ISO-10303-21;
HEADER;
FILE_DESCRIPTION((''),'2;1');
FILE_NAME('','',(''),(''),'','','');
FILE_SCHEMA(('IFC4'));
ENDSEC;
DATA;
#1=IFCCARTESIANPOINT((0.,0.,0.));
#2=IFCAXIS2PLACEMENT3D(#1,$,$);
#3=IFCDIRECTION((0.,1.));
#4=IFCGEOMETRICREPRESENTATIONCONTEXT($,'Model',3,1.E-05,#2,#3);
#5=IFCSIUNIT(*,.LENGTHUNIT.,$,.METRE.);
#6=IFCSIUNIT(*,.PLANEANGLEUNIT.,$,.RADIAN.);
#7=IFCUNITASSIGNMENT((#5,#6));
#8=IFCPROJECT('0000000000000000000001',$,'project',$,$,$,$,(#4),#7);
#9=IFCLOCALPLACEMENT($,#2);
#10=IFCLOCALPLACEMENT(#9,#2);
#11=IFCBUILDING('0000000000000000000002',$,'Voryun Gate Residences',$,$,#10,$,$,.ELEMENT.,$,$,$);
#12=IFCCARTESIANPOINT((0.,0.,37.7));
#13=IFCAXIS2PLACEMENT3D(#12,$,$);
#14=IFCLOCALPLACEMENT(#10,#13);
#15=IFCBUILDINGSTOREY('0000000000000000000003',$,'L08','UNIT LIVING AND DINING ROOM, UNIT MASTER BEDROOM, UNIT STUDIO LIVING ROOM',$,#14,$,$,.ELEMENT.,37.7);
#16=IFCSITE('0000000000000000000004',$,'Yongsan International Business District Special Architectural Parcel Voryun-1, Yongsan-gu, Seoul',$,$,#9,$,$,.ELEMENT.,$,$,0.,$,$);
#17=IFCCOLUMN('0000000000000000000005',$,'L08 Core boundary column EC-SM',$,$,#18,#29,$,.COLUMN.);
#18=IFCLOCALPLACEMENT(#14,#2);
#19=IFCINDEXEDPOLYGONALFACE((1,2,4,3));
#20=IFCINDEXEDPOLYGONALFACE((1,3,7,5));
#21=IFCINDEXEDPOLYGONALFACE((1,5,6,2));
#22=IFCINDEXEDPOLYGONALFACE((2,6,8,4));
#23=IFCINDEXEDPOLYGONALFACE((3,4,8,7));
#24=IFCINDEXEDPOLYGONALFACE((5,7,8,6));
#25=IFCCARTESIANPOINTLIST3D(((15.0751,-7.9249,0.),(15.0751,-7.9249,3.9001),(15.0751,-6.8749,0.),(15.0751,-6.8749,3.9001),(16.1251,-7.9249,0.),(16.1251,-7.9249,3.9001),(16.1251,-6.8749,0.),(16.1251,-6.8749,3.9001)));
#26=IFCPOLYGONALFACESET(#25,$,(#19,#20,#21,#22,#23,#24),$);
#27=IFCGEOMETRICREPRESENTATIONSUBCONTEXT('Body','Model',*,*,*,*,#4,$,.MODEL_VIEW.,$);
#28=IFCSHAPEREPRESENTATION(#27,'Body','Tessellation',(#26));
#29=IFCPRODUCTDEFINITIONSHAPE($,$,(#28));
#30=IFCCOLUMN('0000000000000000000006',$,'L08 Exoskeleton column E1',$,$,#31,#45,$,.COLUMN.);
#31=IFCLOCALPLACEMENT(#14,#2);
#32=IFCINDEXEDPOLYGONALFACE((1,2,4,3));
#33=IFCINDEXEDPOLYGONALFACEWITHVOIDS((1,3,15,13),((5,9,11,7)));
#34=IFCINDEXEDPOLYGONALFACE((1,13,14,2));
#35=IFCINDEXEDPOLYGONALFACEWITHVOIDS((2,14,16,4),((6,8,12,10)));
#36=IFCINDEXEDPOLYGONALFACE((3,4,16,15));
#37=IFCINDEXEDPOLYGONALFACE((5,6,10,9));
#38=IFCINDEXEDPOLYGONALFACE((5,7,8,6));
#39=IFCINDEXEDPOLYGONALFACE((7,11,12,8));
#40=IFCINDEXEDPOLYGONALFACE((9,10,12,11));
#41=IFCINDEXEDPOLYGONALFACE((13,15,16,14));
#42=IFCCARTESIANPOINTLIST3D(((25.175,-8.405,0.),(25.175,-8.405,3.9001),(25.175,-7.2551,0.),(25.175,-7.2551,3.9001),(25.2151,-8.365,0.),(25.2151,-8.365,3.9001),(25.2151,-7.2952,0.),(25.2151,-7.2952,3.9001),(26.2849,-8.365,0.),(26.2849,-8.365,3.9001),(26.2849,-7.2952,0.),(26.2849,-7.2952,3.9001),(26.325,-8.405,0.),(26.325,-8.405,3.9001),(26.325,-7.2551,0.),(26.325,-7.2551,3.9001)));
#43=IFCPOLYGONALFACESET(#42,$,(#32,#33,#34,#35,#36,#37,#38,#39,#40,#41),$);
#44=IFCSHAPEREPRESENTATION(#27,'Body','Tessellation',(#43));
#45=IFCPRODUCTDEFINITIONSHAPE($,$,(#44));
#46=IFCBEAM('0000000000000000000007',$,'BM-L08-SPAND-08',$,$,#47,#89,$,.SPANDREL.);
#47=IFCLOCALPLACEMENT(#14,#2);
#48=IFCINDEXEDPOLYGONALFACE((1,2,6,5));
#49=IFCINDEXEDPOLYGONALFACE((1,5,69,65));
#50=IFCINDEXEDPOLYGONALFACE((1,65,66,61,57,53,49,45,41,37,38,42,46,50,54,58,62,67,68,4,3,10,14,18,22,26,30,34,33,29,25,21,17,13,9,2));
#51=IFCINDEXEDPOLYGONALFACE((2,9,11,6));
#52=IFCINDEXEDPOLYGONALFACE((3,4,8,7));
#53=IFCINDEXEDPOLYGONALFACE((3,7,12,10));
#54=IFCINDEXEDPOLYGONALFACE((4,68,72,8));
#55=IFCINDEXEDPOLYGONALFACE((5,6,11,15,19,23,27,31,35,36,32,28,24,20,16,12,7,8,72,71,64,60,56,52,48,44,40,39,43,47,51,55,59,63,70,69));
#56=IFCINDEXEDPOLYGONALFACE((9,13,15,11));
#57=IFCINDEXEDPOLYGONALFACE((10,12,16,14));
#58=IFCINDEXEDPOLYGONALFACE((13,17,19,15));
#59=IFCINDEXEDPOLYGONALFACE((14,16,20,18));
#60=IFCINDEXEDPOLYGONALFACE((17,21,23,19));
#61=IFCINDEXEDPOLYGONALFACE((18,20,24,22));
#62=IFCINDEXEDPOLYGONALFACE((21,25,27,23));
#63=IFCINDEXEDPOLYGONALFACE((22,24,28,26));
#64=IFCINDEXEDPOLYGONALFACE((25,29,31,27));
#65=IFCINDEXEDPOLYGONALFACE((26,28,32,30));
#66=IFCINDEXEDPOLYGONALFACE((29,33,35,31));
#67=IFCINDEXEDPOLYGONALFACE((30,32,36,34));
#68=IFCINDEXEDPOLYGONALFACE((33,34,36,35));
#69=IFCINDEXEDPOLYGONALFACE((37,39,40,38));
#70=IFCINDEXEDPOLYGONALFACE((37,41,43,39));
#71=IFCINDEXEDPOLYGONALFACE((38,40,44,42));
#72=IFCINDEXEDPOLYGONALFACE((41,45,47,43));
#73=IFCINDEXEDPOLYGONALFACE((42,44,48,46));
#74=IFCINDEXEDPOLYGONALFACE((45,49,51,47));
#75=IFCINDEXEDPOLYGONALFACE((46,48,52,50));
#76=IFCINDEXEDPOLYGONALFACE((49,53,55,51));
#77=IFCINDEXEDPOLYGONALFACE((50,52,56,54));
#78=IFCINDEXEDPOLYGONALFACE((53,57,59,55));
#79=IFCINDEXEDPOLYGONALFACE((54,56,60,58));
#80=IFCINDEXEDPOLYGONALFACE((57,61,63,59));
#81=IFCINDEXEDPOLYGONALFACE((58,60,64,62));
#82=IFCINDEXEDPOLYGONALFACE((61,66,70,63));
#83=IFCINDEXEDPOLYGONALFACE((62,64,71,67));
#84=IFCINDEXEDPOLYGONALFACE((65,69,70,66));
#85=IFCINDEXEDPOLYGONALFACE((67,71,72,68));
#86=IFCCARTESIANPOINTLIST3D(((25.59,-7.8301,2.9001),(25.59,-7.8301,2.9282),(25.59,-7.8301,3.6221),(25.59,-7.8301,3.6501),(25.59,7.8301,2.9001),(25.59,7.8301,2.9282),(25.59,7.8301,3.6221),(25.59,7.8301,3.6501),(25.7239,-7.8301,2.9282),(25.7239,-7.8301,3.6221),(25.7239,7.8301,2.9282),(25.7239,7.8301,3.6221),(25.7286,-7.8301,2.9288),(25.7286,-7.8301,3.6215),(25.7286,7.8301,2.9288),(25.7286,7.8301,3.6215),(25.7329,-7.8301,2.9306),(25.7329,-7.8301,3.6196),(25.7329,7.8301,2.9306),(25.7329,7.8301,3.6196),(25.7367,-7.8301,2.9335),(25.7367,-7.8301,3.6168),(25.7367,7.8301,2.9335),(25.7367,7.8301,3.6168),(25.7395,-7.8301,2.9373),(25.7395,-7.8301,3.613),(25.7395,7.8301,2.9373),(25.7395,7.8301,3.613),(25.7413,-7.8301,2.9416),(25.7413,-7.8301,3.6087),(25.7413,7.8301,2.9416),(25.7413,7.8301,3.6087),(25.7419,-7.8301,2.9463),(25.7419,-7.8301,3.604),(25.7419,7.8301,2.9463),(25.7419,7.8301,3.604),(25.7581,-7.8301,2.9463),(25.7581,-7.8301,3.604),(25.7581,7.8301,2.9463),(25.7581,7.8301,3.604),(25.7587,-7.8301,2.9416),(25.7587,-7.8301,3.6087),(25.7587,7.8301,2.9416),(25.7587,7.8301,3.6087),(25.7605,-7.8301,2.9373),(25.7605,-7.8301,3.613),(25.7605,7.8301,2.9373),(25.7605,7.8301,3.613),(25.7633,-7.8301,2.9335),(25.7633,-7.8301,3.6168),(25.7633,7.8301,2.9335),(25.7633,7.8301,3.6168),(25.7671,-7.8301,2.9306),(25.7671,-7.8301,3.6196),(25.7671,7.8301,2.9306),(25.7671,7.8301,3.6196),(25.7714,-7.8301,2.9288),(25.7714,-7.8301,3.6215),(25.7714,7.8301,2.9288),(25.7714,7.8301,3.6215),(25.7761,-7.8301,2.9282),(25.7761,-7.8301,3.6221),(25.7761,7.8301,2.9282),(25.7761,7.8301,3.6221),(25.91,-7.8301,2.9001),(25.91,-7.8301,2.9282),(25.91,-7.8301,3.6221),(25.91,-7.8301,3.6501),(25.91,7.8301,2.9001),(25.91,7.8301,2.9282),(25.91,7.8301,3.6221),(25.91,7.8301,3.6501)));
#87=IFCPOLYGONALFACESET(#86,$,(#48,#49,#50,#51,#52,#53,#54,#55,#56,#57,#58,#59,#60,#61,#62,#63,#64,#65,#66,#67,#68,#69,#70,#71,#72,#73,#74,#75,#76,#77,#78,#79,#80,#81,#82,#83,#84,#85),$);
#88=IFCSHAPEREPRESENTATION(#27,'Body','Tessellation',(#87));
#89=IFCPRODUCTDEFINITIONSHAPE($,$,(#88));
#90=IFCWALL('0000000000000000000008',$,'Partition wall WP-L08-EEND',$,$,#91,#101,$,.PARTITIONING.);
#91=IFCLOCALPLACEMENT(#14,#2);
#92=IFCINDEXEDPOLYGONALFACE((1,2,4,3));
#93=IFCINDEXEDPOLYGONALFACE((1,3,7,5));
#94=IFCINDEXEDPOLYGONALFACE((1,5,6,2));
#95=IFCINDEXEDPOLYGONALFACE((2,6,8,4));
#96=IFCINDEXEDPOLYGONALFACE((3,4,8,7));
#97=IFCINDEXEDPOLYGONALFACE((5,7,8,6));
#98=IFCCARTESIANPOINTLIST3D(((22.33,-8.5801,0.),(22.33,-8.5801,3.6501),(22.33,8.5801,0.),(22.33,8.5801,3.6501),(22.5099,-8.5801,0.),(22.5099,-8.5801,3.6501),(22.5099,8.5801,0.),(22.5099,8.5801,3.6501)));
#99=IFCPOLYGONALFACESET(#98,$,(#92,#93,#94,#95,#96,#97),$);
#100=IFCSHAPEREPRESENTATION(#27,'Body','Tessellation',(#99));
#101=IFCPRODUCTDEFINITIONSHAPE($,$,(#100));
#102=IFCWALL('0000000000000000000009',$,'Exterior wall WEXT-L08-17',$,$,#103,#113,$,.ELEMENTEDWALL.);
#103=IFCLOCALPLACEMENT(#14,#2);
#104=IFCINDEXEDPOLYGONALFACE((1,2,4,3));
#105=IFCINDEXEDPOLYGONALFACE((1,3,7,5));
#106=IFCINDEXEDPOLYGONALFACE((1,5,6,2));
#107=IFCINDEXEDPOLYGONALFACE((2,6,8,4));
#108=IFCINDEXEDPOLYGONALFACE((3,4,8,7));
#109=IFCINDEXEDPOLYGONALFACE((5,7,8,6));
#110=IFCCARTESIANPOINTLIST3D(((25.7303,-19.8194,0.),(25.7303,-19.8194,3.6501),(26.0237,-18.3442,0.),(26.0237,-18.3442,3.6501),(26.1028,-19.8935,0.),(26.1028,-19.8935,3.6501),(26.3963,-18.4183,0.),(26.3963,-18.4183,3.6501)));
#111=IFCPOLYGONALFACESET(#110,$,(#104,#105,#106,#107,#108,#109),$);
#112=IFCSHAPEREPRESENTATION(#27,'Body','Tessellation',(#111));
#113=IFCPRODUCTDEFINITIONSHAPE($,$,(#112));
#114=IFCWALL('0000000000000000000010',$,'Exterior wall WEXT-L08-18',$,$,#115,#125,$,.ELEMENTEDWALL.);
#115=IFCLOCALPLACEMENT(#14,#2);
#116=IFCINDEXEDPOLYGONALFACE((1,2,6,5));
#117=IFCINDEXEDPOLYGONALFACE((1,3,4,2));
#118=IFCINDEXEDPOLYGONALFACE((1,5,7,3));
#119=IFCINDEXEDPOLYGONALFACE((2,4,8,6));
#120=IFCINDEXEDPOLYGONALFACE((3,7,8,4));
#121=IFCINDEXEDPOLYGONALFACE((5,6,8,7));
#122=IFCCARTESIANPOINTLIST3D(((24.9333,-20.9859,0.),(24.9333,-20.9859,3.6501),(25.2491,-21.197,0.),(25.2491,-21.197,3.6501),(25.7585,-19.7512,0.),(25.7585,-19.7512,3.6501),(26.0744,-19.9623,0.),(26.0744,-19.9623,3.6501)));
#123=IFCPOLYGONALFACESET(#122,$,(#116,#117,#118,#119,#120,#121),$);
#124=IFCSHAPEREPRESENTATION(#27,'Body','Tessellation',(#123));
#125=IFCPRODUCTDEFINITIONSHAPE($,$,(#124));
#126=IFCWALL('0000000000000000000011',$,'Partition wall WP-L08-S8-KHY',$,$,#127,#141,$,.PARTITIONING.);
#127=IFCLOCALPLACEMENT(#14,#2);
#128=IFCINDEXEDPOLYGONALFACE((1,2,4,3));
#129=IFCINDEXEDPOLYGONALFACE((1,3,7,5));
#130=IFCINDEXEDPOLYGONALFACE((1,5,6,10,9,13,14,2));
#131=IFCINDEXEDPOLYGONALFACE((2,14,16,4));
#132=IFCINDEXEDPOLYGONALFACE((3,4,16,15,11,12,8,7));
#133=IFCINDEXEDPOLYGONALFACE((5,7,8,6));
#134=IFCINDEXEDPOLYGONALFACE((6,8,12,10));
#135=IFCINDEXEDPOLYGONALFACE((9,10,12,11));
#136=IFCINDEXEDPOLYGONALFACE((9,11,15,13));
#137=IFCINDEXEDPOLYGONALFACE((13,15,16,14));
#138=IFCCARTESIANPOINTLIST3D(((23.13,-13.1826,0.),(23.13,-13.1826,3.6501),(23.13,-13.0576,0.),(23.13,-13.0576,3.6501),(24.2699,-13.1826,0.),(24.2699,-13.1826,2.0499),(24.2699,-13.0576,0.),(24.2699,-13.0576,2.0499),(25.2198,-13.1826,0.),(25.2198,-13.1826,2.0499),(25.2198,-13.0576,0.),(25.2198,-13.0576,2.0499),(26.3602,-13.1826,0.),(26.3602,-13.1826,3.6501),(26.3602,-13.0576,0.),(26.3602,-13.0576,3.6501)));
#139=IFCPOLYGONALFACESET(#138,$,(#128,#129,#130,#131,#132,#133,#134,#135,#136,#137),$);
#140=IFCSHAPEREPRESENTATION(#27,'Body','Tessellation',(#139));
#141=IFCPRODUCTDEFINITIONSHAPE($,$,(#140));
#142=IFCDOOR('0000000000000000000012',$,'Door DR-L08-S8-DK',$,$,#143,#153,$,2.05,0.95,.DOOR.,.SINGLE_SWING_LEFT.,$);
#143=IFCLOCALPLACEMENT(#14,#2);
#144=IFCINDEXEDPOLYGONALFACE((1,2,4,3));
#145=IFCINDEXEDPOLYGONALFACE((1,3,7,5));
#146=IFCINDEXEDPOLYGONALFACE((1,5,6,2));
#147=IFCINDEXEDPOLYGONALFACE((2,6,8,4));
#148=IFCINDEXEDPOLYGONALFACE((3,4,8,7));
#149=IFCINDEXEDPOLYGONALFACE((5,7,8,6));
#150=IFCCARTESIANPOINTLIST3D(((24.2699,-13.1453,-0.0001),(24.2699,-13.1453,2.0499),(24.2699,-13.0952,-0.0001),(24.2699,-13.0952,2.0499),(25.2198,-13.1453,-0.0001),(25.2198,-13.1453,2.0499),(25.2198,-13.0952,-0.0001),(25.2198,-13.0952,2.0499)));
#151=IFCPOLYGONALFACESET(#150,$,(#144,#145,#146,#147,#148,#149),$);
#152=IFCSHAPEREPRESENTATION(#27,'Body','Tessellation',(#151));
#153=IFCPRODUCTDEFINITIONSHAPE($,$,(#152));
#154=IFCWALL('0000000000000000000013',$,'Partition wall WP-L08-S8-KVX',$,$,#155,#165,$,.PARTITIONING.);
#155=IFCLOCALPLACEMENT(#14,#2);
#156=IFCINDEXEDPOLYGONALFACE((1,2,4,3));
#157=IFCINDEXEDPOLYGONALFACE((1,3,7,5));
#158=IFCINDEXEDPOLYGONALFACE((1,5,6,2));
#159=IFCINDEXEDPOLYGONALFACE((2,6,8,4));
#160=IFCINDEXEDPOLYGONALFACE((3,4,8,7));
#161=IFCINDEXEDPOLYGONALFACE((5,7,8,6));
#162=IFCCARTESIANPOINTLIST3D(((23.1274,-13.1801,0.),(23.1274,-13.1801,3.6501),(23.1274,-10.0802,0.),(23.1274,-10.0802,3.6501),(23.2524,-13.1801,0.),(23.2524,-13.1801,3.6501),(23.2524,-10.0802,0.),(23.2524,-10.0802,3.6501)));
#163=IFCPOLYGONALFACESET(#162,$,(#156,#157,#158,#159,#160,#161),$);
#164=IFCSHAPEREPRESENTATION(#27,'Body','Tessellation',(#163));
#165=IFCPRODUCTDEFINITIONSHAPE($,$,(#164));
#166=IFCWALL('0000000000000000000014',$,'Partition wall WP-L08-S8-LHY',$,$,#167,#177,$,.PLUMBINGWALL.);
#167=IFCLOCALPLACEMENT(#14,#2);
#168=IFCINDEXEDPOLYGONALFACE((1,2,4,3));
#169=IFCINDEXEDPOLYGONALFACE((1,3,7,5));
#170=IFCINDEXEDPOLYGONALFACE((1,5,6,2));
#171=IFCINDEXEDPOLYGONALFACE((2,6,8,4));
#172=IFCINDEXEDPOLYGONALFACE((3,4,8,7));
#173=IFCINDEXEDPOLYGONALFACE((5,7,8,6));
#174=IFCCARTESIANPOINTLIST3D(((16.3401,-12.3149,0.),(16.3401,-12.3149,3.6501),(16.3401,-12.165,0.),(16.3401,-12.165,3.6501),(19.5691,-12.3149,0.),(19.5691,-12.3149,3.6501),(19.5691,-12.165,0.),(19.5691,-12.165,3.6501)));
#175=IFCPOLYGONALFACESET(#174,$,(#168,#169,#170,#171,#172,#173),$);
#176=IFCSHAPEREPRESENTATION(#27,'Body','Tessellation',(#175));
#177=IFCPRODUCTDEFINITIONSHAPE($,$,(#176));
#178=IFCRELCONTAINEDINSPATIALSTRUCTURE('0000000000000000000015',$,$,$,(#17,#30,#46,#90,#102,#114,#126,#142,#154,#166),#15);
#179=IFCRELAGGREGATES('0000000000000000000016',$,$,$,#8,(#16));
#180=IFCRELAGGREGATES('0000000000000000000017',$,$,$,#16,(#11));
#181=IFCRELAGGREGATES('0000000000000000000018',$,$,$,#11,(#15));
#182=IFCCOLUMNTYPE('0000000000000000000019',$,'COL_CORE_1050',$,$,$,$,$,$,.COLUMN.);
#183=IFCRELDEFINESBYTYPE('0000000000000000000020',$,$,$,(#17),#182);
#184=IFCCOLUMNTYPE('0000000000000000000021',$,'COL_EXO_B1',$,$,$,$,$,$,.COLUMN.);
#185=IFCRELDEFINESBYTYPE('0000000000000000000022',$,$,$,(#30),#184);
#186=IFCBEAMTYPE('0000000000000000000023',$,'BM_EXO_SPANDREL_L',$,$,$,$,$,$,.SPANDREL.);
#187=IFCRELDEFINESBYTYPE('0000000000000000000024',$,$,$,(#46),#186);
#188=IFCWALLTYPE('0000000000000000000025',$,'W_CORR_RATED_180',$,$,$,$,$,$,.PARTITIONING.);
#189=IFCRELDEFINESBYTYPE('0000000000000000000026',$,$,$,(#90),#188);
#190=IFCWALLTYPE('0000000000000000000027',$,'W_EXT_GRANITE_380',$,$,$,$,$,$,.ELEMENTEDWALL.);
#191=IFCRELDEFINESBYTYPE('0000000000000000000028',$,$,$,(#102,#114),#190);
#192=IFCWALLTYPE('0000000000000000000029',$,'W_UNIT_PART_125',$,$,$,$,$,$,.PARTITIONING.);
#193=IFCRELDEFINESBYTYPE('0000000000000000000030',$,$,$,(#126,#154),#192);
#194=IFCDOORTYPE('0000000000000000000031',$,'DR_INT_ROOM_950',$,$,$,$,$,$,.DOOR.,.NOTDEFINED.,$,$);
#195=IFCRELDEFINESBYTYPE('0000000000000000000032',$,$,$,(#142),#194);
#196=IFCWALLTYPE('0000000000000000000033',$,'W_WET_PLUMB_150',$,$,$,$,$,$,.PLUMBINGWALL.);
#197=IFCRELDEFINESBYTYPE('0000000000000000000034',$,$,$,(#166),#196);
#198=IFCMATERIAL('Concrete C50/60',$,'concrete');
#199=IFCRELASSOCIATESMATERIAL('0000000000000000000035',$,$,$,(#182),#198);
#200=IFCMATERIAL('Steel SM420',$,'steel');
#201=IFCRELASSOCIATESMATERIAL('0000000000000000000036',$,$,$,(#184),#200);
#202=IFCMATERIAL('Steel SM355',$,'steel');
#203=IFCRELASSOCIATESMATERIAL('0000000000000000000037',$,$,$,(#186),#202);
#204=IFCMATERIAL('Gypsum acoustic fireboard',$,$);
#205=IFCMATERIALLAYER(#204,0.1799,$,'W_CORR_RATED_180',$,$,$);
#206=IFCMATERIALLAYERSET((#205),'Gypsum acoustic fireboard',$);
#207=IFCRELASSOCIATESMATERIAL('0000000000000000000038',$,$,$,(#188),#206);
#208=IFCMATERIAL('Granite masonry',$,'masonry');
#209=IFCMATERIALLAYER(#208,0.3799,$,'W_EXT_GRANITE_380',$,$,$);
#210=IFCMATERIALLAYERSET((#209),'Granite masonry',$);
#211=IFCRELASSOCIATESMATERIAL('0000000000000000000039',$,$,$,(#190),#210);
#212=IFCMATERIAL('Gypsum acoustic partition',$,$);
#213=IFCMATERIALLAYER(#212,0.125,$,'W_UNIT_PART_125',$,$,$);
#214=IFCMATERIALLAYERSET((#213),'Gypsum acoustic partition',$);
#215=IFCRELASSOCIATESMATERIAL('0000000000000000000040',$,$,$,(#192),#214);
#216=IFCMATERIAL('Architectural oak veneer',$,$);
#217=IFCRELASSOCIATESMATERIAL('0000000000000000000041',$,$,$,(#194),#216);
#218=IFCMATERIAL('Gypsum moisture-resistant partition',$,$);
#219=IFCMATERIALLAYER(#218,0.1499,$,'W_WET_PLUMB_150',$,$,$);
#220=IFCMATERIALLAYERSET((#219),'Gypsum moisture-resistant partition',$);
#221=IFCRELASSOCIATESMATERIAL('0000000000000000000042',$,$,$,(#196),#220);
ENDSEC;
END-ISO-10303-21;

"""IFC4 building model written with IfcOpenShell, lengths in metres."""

from ifc_helpers import new_model, si_unit, direction, frame, frame_2d, origin, origin_2d, place, context, subcontext, project, spatial, rectangle, hollow_rectangle, i_section, extrude, material, layer, layer_set, material_profile, profile_set, type_object, element, fill, save


model = new_model("IFC4")

# Units and contexts
model_context = context("Model", 3, precision=1e-05, world=origin(), true_north=direction((0.0, 1.0)))
body_context = subcontext(model_context, "Body", "Model", "MODEL_VIEW")
ifc_project = project(units=[si_unit("LENGTHUNIT", "METRE"), si_unit("PLANEANGLEUNIT", "RADIAN")], contexts=[model_context])

# Site, building, storey
site_placement = place(None, origin())
site = spatial("IfcSite", under=ifc_project, at=site_placement, Name="Yongsan International Business District Special Architectural Parcel Voryun-1, Yongsan-gu, Seoul", CompositionType="ELEMENT", RefElevation=0.0)
building_placement = place(site_placement, origin())
building = spatial("IfcBuilding", under=site, at=building_placement, Name="Voryun Gate Residences", CompositionType="ELEMENT")
storey_placement = place(building_placement, frame((0.0, 0.0, 37.7)))
storey = spatial("IfcBuildingStorey", under=building, at=storey_placement, Name="L08", Description="UNIT LIVING AND DINING ROOM, UNIT MASTER BEDROOM, UNIT STUDIO LIVING ROOM", CompositionType="ELEMENT", Elevation=37.7)

# Columns
ifc_material_1 = material(Name="Concrete C50/60", Category="concrete")
ifc_material_profile_1 = material_profile(ifc_material_1, rectangle(XDim=1.05, YDim=1.05, at=origin_2d()), Name="RC-1050x1050")
ifc_profile_set_1 = profile_set([ifc_material_profile_1], Name="Concrete C50/60")
column_type_1 = type_object("IfcColumnType", Name="COL_CORE_1050", PredefinedType="COLUMN", material=ifc_profile_set_1)
column_1_placement = place(storey_placement, frame((15.6001, -7.3999, 0.0), z_axis=(0.0, 0.0, 1.0), x_axis=(1.0, 0.0, 0.0)))
element("IfcColumn", 1, at=column_1_placement, inside=storey, type_object=column_type_1, Name="L08 Core boundary column EC-SM", PredefinedType="COLUMN", context=body_context, shape_type="SweptSolid", body=[
    extrude(rectangle(XDim=1.05, YDim=1.05, at=origin_2d()), origin(), (0.0, 0.0, 1.0), 3.9001),
])
ifc_material_2 = material(Name="Steel SM420", Category="steel")
ifc_material_profile_2 = material_profile(ifc_material_2, hollow_rectangle(XDim=1.1499, YDim=1.1499, WallThickness=0.04, at=origin_2d()), Name="BOX-1150x1150x40")
ifc_profile_set_2 = profile_set([ifc_material_profile_2], Name="Steel SM420")
column_type_2 = type_object("IfcColumnType", Name="COL_EXO_B1", PredefinedType="COLUMN", material=ifc_profile_set_2)
column_2_placement = place(storey_placement, frame((25.75, -7.8301, 0.0), z_axis=(0.0, 0.0, 1.0), x_axis=(1.0, 0.0, 0.0)))
element("IfcColumn", 2, at=column_2_placement, inside=storey, type_object=column_type_2, Name="L08 Exoskeleton column E1", PredefinedType="COLUMN", context=body_context, shape_type="SweptSolid", body=[
    extrude(hollow_rectangle(XDim=1.1499, YDim=1.1499, WallThickness=0.04, at=origin_2d()), origin(), (0.0, 0.0, 1.0), 3.9001),
])

# Beam
ifc_material_3 = material(Name="Steel SM355", Category="steel")
ifc_material_profile_3 = material_profile(ifc_material_3, i_section(OverallWidth=0.3201, OverallDepth=0.75, WebThickness=0.0161, FlangeThickness=0.0281, FilletRadius=0.0181, at=origin_2d()), Name="H-750x320x16x28")
ifc_profile_set_3 = profile_set([ifc_material_profile_3], Name="Steel SM355")
beam_type = type_object("IfcBeamType", Name="BM_EXO_SPANDREL_L", PredefinedType="SPANDREL", material=ifc_profile_set_3)
beam_placement = place(storey_placement, frame((25.75, -7.8301, 3.2751), z_axis=(0.0, 1.0, 0.0), x_axis=(-1.0, 0.0, 0.0)))
element("IfcBeam", 3, at=beam_placement, inside=storey, type_object=beam_type, Name="BM-L08-SPAND-08", PredefinedType="SPANDREL", context=body_context, shape_type="SweptSolid", body=[
    extrude(i_section(OverallWidth=0.3201, OverallDepth=0.75, WebThickness=0.0161, FlangeThickness=0.0281, FilletRadius=0.0181, at=origin_2d()), origin(), (0.0, 0.0, 1.0), 15.6602),
])

# Walls
ifc_material_4 = material(Name="Gypsum acoustic fireboard")
ifc_layer_1 = layer(ifc_material_4, 0.1799, Name="W_CORR_RATED_180")
ifc_layer_set_1 = layer_set([ifc_layer_1], Name="Gypsum acoustic fireboard")
wall_type_1 = type_object("IfcWallType", Name="W_CORR_RATED_180", PredefinedType="PARTITIONING", material=ifc_layer_set_1)
wall_1_placement = place(storey_placement, frame((22.4199, -8.5801, 0.0), z_axis=(0.0, 0.0, 1.0), x_axis=(0.0, 1.0, 0.0)))
element("IfcWall", 4, at=wall_1_placement, inside=storey, type_object=wall_type_1, Name="Partition wall WP-L08-EEND", PredefinedType="PARTITIONING", context=body_context, shape_type="SweptSolid", body=[
    extrude(rectangle(XDim=17.1602, YDim=0.1799, at=frame_2d((8.5801, 0.0))), origin(), (0.0, 0.0, 1.0), 3.6501),
])
ifc_material_5 = material(Name="Granite masonry", Category="masonry")
ifc_layer_2 = layer(ifc_material_5, 0.3799, Name="W_EXT_GRANITE_380")
ifc_layer_set_2 = layer_set([ifc_layer_2], Name="Granite masonry")
wall_type_2 = type_object("IfcWallType", Name="W_EXT_GRANITE_380", PredefinedType="ELEMENTEDWALL", material=ifc_layer_set_2)
wall_2_placement = place(storey_placement, frame((26.21, -18.3813, 0.0), z_axis=(0.0, 0.0, 1.0), x_axis=(-0.195086, -0.980786, 0.0)))
element("IfcWall", 5, at=wall_2_placement, inside=storey, type_object=wall_type_2, Name="Exterior wall WEXT-L08-17", PredefinedType="ELEMENTEDWALL", context=body_context, shape_type="SweptSolid", body=[
    extrude(rectangle(XDim=1.5042, YDim=0.3799, at=frame_2d((0.752, 0.0))), origin(), (0.0, 0.0, 1.0), 3.6501),
])
wall_3_placement = place(storey_placement, frame((25.9165, -19.8567, 0.0), z_axis=(0.0, 0.0, 1.0), x_axis=(-0.555686, -0.831392, 0.0)))
element("IfcWall", 6, at=wall_3_placement, inside=storey, type_object=wall_type_2, Name="Exterior wall WEXT-L08-18", PredefinedType="ELEMENTEDWALL", context=body_context, shape_type="SweptSolid", body=[
    extrude(rectangle(XDim=1.4851, YDim=0.3799, at=frame_2d((0.7427, 0.0))), origin(), (0.0, 0.0, 1.0), 3.6501),
])

# Wall, opening, door
ifc_material_6 = material(Name="Gypsum acoustic partition")
ifc_layer_3 = layer(ifc_material_6, 0.125, Name="W_UNIT_PART_125")
ifc_layer_set_3 = layer_set([ifc_layer_3], Name="Gypsum acoustic partition")
wall_type_3 = type_object("IfcWallType", Name="W_UNIT_PART_125", PredefinedType="PARTITIONING", material=ifc_layer_set_3)
wall_4_placement = place(storey_placement, frame((23.1299, -13.1201, 0.0), z_axis=(0.0, 0.0, 1.0), x_axis=(1.0, 0.0, 0.0)))
wall_4 = element("IfcWall", 7, at=wall_4_placement, inside=storey, type_object=wall_type_3, Name="Partition wall WP-L08-S8-KHY", PredefinedType="PARTITIONING", context=body_context, shape_type="SweptSolid", body=[
    extrude(rectangle(XDim=3.2302, YDim=0.125, at=frame_2d((1.6152, 0.0))), origin(), (0.0, 0.0, 1.0), 3.6501),
])
opening_1_placement = place(wall_4_placement, frame((1.1399, 0.0, 0.0)))
opening_1 = element("IfcOpeningElement", 8, at=opening_1_placement, cuts=wall_4, PredefinedType="OPENING", context=body_context, shape_type="SweptSolid", body=[
    extrude(rectangle(XDim=0.95, YDim=2.05, at=frame_2d((0.4751, 1.0249))), frame((0.0, 0.0725, 0.0), z_axis=(0.0, -1.0, 0.0), x_axis=(1.0, 0.0, 0.0)), (0.0, 0.0, 1.0), 0.145),
])
ifc_material_7 = material(Name="Architectural oak veneer")
door_type_1 = type_object("IfcDoorType", Name="DR_INT_ROOM_950", OperationType="NOTDEFINED", PredefinedType="DOOR", material=ifc_material_7)
door_1_placement = place(opening_1_placement, origin())
door_1 = element("IfcDoor", 9, at=door_1_placement, inside=storey, type_object=door_type_1, Name="Door DR-L08-S8-DK", OperationType="SINGLE_SWING_LEFT", OverallHeight=2.05, OverallWidth=0.95, PredefinedType="DOOR", context=body_context, shape_type="SweptSolid", body=[
    extrude(rectangle(XDim=0.95, YDim=2.05, at=frame_2d((0.4751, 1.0249))), frame((0.0, 0.0249, 0.0), z_axis=(0.0, -1.0, 0.0), x_axis=(1.0, 0.0, 0.0)), (0.0, 0.0, 1.0), 0.05),
])
fill(opening_1, door_1)

# Walls
wall_5_placement = place(storey_placement, frame((23.1899, -13.1799, 0.0), z_axis=(0.0, 0.0, 1.0), x_axis=(0.0, 1.0, 0.0)))
element("IfcWall", 10, at=wall_5_placement, inside=storey, type_object=wall_type_3, Name="Partition wall WP-L08-S8-KVX", PredefinedType="PARTITIONING", context=body_context, shape_type="SweptSolid", body=[
    extrude(rectangle(XDim=3.0999, YDim=0.125, at=frame_2d((1.5498, 0.0))), origin(), (0.0, 0.0, 1.0), 3.6501),
])
ifc_material_8 = material(Name="Gypsum moisture-resistant partition")
ifc_layer_4 = layer(ifc_material_8, 0.1499, Name="W_WET_PLUMB_150")
ifc_layer_set_4 = layer_set([ifc_layer_4], Name="Gypsum moisture-resistant partition")
wall_type_4 = type_object("IfcWallType", Name="W_WET_PLUMB_150", PredefinedType="PLUMBINGWALL", material=ifc_layer_set_4)
wall_6_placement = place(storey_placement, frame((16.3401, -12.24, 0.0), z_axis=(0.0, 0.0, 1.0), x_axis=(1.0, 0.0, 0.0)))
element("IfcWall", 11, at=wall_6_placement, inside=storey, type_object=wall_type_4, Name="Partition wall WP-L08-S8-LHY", PredefinedType="PLUMBINGWALL", context=body_context, shape_type="SweptSolid", body=[
    extrude(rectangle(XDim=3.229, YDim=0.1499, at=frame_2d((1.6145, 0.0))), origin(), (0.0, 0.0, 1.0), 3.6501),
])

save(model, "model.ifc")
